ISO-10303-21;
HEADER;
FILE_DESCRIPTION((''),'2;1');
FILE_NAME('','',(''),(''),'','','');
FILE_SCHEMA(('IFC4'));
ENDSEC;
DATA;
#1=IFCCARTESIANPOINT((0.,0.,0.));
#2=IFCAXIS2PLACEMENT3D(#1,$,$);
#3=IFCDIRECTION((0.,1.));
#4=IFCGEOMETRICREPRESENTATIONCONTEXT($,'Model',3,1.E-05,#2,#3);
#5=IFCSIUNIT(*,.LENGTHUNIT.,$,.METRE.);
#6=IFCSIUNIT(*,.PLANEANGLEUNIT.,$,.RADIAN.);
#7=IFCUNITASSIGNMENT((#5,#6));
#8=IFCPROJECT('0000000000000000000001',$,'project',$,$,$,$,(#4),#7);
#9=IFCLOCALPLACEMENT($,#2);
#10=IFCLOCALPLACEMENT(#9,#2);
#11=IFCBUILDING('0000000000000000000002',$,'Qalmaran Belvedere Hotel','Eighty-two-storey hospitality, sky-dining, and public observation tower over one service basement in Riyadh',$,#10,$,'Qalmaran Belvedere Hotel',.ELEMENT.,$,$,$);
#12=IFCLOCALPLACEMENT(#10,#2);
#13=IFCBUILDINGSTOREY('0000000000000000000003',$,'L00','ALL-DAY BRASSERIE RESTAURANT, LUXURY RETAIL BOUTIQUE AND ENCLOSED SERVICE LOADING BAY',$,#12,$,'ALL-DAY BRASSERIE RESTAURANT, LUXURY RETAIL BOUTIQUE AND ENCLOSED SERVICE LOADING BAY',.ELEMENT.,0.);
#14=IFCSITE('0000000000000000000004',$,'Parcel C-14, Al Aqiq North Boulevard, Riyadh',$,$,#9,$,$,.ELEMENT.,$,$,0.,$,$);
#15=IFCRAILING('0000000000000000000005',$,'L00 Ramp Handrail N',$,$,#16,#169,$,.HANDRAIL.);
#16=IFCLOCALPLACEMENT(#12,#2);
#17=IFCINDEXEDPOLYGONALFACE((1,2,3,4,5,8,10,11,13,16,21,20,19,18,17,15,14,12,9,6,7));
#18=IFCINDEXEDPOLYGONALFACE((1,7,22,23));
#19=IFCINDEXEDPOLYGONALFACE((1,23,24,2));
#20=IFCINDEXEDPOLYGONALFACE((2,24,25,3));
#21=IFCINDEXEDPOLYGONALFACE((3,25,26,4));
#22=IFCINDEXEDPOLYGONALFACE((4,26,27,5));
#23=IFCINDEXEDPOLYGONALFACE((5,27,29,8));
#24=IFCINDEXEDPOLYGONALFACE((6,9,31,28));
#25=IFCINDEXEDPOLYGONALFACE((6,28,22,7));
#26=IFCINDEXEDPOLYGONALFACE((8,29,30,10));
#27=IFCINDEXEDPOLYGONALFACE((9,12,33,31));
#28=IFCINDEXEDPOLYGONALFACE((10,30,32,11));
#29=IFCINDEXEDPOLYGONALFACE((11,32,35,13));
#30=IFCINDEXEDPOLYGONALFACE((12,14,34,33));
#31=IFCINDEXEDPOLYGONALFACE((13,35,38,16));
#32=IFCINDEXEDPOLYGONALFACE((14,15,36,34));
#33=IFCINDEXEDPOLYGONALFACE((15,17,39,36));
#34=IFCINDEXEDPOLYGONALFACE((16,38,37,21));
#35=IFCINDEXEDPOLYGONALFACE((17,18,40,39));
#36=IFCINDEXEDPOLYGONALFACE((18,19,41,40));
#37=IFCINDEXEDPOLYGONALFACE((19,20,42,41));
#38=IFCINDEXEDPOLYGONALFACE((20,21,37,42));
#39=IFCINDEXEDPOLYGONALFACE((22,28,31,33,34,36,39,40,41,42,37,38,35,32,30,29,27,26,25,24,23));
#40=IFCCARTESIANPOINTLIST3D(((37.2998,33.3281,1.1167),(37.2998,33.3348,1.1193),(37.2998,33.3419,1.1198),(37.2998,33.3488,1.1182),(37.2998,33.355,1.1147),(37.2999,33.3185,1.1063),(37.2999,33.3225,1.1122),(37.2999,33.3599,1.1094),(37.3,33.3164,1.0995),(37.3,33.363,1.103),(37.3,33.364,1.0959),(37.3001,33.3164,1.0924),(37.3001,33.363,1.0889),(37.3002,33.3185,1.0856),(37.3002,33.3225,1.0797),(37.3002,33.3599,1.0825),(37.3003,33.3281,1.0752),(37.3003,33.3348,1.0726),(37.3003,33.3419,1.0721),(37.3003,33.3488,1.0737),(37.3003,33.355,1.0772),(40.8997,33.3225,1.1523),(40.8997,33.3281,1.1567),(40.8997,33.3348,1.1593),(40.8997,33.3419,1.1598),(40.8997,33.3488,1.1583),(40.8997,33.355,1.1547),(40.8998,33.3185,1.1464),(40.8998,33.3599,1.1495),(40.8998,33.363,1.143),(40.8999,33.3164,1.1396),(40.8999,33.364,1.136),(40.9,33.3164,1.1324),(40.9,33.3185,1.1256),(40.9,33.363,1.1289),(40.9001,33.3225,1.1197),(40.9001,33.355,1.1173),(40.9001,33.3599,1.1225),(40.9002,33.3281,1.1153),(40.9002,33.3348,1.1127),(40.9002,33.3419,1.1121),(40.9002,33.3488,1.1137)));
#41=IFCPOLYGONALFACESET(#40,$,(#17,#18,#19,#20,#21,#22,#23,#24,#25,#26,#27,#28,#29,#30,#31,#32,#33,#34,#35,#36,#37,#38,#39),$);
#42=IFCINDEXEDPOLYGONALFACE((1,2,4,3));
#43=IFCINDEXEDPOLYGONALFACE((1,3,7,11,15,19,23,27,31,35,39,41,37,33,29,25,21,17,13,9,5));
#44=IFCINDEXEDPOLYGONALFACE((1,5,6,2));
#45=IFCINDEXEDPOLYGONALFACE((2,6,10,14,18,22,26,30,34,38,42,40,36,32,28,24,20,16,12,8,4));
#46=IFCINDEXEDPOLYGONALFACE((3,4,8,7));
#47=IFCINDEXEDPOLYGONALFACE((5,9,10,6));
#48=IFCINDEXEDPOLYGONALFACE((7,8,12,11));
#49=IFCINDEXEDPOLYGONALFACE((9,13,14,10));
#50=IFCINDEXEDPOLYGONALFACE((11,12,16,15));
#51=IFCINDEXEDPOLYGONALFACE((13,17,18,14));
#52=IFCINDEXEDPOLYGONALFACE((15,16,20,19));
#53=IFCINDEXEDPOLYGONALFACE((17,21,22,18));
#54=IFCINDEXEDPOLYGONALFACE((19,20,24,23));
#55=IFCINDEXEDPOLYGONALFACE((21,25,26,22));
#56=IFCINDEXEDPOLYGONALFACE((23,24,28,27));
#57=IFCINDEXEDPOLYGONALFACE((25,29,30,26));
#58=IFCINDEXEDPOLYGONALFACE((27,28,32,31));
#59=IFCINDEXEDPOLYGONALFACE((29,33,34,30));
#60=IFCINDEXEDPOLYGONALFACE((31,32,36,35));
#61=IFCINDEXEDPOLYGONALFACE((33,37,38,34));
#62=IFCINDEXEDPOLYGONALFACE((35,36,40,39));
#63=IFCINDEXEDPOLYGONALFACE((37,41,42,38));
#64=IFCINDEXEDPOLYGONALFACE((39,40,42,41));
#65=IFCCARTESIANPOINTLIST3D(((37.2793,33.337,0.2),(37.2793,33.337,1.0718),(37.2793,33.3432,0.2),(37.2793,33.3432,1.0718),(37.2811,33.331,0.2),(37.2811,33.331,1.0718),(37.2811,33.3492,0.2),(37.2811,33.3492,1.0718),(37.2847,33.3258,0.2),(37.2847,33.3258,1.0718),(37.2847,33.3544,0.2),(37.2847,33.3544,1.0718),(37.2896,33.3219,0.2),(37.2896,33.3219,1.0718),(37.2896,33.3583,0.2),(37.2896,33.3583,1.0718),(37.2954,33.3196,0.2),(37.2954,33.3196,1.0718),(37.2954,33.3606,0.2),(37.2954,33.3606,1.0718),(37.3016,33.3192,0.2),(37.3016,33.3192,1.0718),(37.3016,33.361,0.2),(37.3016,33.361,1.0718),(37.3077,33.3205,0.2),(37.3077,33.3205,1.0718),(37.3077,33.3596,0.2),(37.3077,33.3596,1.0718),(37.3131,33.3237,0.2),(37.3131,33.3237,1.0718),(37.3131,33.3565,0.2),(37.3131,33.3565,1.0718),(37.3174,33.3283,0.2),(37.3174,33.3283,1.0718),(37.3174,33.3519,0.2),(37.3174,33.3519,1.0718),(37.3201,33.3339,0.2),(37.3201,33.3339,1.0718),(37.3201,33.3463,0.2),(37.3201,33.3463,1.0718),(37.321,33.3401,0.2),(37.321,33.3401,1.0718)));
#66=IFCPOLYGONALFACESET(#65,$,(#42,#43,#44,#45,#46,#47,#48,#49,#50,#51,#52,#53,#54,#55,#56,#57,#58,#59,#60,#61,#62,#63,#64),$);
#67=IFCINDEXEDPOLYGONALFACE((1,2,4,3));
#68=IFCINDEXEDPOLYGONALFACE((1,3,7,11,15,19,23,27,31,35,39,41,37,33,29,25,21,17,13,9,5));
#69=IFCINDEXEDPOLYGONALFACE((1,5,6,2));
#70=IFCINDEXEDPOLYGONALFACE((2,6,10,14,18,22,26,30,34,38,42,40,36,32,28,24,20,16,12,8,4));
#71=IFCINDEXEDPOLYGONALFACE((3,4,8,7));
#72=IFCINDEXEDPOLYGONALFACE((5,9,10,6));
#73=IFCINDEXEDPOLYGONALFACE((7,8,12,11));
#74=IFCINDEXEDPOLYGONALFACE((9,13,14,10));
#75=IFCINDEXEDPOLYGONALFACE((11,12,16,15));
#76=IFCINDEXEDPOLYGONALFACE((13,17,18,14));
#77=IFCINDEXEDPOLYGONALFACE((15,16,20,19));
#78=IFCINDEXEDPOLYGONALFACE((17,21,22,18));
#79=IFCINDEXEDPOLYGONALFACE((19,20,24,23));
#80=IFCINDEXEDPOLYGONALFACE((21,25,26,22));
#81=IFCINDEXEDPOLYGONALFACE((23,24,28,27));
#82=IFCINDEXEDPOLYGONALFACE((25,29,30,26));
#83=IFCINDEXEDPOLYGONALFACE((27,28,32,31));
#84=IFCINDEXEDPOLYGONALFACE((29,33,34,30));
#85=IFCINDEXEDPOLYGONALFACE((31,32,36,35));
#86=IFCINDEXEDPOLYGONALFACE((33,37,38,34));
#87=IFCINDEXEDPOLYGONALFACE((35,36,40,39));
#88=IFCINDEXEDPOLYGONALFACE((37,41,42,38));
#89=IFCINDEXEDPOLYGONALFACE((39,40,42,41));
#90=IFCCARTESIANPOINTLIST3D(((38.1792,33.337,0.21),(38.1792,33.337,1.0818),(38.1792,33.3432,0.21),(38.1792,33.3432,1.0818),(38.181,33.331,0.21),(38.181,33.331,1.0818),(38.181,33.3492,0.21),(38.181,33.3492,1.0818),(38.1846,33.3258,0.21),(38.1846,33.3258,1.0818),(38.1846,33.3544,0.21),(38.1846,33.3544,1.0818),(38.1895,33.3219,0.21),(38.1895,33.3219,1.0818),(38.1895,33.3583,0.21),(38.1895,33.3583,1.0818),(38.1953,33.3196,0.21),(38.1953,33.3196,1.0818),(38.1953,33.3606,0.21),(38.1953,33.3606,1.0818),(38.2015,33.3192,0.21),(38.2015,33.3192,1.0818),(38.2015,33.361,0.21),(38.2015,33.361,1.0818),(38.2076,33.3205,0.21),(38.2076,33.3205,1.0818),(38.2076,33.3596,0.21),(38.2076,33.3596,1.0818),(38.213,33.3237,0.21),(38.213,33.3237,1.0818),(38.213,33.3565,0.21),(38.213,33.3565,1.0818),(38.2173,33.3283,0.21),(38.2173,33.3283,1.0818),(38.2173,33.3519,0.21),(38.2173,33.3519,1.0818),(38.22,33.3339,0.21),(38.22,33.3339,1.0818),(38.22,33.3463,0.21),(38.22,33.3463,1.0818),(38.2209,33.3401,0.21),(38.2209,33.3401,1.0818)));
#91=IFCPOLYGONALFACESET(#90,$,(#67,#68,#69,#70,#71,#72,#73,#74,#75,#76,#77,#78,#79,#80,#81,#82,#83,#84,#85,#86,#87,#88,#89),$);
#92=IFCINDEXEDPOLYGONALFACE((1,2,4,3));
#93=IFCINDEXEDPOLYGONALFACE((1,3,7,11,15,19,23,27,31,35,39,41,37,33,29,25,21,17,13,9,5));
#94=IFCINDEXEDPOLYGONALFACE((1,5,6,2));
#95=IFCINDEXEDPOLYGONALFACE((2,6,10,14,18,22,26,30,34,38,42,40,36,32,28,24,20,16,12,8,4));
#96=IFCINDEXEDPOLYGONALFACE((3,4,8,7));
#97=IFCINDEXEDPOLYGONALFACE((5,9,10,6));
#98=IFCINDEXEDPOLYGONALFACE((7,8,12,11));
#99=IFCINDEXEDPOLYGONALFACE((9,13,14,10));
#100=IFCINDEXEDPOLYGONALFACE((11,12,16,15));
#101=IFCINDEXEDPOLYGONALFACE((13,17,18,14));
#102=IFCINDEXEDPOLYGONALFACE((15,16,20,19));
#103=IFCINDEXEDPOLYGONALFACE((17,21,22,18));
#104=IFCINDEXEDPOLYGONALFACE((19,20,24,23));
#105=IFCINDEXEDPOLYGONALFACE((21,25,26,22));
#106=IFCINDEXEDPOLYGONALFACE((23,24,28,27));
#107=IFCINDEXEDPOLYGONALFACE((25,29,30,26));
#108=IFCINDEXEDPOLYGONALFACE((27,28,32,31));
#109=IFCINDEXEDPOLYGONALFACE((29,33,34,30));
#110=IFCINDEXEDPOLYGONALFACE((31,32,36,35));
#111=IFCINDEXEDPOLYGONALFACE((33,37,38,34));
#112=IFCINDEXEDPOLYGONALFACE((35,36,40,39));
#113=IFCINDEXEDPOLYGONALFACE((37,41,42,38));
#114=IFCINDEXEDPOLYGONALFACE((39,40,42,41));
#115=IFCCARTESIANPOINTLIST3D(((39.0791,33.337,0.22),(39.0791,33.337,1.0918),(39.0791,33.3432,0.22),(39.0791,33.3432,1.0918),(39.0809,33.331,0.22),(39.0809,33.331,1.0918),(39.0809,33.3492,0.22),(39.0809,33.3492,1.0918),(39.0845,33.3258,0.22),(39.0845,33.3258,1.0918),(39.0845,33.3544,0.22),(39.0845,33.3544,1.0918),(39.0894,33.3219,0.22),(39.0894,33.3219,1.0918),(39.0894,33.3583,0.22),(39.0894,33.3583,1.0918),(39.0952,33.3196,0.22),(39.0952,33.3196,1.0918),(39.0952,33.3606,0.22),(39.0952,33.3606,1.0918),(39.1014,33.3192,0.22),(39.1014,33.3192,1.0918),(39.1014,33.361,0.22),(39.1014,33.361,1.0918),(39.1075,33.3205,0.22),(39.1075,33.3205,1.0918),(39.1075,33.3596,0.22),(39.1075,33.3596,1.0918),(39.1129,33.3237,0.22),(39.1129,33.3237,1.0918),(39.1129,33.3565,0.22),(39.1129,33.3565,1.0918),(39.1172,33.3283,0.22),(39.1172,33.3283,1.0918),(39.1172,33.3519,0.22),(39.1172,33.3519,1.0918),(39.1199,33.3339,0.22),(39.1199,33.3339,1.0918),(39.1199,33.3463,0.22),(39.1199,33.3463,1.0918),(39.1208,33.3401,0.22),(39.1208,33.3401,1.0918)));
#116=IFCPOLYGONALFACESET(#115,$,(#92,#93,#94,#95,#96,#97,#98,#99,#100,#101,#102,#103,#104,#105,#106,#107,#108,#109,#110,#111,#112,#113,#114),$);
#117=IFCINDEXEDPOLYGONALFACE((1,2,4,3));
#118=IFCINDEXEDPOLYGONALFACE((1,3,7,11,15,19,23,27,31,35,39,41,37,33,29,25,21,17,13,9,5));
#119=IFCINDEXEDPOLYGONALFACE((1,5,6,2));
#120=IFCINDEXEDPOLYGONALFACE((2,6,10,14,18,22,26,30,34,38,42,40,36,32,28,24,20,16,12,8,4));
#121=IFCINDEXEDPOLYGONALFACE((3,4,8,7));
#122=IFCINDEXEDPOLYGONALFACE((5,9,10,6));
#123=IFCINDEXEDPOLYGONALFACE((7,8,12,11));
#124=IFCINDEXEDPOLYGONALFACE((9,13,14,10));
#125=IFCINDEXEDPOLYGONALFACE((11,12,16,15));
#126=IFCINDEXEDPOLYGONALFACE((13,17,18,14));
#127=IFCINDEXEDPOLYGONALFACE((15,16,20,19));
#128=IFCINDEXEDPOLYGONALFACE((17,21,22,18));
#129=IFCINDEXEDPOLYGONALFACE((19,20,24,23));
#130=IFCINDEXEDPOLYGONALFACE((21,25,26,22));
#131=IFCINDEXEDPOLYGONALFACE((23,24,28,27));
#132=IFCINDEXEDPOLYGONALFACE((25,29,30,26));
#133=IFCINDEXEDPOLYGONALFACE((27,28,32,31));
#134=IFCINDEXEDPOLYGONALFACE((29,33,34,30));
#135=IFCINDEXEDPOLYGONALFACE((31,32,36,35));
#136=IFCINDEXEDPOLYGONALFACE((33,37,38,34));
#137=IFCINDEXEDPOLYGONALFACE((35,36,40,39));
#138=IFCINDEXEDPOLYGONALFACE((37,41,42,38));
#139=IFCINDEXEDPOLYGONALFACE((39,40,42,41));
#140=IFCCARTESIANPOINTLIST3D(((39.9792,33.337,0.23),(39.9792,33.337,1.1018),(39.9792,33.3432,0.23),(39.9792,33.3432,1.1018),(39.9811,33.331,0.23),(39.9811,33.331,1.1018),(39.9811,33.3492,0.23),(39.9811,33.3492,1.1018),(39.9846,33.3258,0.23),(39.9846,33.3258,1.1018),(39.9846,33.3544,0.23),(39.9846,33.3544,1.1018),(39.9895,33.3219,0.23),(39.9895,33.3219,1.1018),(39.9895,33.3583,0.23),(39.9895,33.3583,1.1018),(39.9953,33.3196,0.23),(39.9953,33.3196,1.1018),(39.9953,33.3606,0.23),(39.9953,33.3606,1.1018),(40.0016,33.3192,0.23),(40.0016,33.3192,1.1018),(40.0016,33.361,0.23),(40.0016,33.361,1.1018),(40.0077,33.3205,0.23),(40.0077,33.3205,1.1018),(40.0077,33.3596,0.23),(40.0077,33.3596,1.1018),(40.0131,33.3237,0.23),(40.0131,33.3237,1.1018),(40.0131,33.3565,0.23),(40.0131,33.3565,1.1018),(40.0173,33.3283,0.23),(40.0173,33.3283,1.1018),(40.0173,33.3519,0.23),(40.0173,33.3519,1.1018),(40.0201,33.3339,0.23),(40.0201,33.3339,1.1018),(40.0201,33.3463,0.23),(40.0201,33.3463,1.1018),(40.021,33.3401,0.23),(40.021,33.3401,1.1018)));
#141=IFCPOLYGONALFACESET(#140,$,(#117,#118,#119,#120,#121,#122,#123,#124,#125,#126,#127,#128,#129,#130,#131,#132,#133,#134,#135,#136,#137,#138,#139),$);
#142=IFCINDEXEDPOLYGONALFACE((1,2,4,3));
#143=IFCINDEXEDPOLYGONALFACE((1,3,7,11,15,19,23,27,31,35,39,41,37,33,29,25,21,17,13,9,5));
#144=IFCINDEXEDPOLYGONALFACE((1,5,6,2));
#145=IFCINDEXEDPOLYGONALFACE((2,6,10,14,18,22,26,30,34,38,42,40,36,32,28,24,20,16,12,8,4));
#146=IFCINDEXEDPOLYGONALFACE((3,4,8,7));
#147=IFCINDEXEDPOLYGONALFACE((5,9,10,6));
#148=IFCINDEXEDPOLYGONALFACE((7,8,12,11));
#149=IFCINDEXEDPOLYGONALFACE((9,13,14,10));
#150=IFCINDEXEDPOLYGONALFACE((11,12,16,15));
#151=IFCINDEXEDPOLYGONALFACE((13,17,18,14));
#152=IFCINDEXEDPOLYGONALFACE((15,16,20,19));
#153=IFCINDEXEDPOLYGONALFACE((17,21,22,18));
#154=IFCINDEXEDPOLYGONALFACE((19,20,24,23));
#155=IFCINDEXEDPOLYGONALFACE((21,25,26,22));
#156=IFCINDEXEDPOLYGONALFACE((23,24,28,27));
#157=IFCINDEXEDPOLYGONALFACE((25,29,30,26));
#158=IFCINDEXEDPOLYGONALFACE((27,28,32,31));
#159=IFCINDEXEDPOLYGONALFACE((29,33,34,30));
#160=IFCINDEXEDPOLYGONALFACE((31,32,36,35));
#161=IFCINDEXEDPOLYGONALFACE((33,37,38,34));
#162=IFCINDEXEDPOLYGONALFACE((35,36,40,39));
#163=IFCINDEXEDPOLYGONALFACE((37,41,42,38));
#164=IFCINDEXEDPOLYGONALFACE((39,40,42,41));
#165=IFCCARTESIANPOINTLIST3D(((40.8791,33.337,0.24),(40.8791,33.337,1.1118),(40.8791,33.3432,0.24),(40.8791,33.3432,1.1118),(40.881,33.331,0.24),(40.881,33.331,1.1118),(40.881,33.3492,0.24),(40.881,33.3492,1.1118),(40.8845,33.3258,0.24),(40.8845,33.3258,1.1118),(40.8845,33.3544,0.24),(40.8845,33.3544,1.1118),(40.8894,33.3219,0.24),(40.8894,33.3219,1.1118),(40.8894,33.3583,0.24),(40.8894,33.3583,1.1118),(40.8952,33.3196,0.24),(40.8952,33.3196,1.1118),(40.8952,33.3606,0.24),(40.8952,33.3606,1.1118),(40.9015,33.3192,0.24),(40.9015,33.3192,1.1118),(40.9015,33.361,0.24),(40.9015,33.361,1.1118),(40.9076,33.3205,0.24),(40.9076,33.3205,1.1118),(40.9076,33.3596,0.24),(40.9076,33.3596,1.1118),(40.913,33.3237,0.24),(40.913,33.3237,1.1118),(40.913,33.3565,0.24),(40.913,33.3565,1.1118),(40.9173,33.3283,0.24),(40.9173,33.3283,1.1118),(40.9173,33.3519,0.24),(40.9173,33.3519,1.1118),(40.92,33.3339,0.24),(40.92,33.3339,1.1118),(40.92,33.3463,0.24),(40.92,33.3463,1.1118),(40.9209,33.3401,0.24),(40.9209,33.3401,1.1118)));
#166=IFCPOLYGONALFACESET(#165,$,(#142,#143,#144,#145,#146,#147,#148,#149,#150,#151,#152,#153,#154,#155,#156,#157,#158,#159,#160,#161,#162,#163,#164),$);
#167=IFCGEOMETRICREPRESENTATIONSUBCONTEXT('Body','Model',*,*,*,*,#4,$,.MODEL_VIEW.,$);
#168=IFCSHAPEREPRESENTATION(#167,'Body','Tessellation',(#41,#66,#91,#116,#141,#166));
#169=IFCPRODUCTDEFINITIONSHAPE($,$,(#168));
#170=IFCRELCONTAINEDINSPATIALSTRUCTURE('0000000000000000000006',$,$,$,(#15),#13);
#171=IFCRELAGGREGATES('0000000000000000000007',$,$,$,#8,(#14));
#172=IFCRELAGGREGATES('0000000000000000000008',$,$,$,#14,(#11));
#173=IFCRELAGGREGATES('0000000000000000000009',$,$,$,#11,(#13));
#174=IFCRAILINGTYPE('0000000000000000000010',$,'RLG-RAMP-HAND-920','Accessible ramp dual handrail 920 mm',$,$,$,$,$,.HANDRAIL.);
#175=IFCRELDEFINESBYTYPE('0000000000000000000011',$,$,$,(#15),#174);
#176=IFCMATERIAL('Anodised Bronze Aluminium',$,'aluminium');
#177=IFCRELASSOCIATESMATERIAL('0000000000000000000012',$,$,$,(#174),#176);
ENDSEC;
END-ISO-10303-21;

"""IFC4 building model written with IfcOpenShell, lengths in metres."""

from ifc_helpers import new_model, si_unit, direction, frame, origin, origin_2d, place, context, subcontext, project, spatial, circle, extrude, material, type_object, element, save


model = new_model("IFC4")

# Units and contexts
model_context = context("Model", 3, precision=1e-05, world=origin(), true_north=direction((0.0, 1.0)))
body_context = subcontext(model_context, "Body", "Model", "MODEL_VIEW")
ifc_project = project(units=[si_unit("LENGTHUNIT", "METRE"), si_unit("PLANEANGLEUNIT", "RADIAN")], contexts=[model_context])

# Site, building, storey
site_placement = place(None, origin())
site = spatial("IfcSite", under=ifc_project, at=site_placement, Name="Parcel C-14, Al Aqiq North Boulevard, Riyadh", CompositionType="ELEMENT", RefElevation=0.0)
building_placement = place(site_placement, origin())
building = spatial("IfcBuilding", under=site, at=building_placement, Name="Qalmaran Belvedere Hotel", Description="Eighty-two-storey hospitality, sky-dining, and public observation tower over one service basement in Riyadh", LongName="Qalmaran Belvedere Hotel", CompositionType="ELEMENT")
storey_placement = place(building_placement, origin())
storey = spatial("IfcBuildingStorey", under=building, at=storey_placement, Name="L00", Description="ALL-DAY BRASSERIE RESTAURANT, LUXURY RETAIL BOUTIQUE AND ENCLOSED SERVICE LOADING BAY", LongName="ALL-DAY BRASSERIE RESTAURANT, LUXURY RETAIL BOUTIQUE AND ENCLOSED SERVICE LOADING BAY", CompositionType="ELEMENT", Elevation=0.0)

# Railing
ifc_material_1 = material(Name="Anodised Bronze Aluminium", Category="aluminium")
railing_type = type_object("IfcRailingType", Name="RLG-RAMP-HAND-920", Description="Accessible ramp dual handrail 920 mm", PredefinedType="HANDRAIL", material=ifc_material_1)
for number, where, name in (
    (1, (37.3, 33.3401, 0.2), "L00 Ramp Handrail N"),
):
    element("IfcRailing", number, at=place(storey_placement, frame(where)), inside=storey, type_object=railing_type, Name=name, PredefinedType="HANDRAIL", context=body_context, shape_type="SweptSolid", body=[
        extrude(circle(Radius=0.0239, at=origin_2d()), frame((0.0, 0.0, 0.896), z_axis=(0.999938, 0.0, 0.011122), x_axis=(0.0, 1.0, 0.0)), (0.0, 0.0, 1.0), 3.6001),
        extrude(circle(Radius=0.021, at=origin_2d()), origin(), (0.0, 0.0, 1.0), 0.8718),
        extrude(circle(Radius=0.021, at=origin_2d()), frame((0.8999, 0.0, 0.01)), (0.0, 0.0, 1.0), 0.8718),
        extrude(circle(Radius=0.021, at=origin_2d()), frame((1.7998, 0.0, 0.02)), (0.0, 0.0, 1.0), 0.8718),
        extrude(circle(Radius=0.021, at=origin_2d()), frame((2.7, 0.0, 0.03)), (0.0, 0.0, 1.0), 0.8718),
        extrude(circle(Radius=0.021, at=origin_2d()), frame((3.5999, 0.0, 0.04)), (0.0, 0.0, 1.0), 0.8718),
    ])

save(model, "model.ifc")
